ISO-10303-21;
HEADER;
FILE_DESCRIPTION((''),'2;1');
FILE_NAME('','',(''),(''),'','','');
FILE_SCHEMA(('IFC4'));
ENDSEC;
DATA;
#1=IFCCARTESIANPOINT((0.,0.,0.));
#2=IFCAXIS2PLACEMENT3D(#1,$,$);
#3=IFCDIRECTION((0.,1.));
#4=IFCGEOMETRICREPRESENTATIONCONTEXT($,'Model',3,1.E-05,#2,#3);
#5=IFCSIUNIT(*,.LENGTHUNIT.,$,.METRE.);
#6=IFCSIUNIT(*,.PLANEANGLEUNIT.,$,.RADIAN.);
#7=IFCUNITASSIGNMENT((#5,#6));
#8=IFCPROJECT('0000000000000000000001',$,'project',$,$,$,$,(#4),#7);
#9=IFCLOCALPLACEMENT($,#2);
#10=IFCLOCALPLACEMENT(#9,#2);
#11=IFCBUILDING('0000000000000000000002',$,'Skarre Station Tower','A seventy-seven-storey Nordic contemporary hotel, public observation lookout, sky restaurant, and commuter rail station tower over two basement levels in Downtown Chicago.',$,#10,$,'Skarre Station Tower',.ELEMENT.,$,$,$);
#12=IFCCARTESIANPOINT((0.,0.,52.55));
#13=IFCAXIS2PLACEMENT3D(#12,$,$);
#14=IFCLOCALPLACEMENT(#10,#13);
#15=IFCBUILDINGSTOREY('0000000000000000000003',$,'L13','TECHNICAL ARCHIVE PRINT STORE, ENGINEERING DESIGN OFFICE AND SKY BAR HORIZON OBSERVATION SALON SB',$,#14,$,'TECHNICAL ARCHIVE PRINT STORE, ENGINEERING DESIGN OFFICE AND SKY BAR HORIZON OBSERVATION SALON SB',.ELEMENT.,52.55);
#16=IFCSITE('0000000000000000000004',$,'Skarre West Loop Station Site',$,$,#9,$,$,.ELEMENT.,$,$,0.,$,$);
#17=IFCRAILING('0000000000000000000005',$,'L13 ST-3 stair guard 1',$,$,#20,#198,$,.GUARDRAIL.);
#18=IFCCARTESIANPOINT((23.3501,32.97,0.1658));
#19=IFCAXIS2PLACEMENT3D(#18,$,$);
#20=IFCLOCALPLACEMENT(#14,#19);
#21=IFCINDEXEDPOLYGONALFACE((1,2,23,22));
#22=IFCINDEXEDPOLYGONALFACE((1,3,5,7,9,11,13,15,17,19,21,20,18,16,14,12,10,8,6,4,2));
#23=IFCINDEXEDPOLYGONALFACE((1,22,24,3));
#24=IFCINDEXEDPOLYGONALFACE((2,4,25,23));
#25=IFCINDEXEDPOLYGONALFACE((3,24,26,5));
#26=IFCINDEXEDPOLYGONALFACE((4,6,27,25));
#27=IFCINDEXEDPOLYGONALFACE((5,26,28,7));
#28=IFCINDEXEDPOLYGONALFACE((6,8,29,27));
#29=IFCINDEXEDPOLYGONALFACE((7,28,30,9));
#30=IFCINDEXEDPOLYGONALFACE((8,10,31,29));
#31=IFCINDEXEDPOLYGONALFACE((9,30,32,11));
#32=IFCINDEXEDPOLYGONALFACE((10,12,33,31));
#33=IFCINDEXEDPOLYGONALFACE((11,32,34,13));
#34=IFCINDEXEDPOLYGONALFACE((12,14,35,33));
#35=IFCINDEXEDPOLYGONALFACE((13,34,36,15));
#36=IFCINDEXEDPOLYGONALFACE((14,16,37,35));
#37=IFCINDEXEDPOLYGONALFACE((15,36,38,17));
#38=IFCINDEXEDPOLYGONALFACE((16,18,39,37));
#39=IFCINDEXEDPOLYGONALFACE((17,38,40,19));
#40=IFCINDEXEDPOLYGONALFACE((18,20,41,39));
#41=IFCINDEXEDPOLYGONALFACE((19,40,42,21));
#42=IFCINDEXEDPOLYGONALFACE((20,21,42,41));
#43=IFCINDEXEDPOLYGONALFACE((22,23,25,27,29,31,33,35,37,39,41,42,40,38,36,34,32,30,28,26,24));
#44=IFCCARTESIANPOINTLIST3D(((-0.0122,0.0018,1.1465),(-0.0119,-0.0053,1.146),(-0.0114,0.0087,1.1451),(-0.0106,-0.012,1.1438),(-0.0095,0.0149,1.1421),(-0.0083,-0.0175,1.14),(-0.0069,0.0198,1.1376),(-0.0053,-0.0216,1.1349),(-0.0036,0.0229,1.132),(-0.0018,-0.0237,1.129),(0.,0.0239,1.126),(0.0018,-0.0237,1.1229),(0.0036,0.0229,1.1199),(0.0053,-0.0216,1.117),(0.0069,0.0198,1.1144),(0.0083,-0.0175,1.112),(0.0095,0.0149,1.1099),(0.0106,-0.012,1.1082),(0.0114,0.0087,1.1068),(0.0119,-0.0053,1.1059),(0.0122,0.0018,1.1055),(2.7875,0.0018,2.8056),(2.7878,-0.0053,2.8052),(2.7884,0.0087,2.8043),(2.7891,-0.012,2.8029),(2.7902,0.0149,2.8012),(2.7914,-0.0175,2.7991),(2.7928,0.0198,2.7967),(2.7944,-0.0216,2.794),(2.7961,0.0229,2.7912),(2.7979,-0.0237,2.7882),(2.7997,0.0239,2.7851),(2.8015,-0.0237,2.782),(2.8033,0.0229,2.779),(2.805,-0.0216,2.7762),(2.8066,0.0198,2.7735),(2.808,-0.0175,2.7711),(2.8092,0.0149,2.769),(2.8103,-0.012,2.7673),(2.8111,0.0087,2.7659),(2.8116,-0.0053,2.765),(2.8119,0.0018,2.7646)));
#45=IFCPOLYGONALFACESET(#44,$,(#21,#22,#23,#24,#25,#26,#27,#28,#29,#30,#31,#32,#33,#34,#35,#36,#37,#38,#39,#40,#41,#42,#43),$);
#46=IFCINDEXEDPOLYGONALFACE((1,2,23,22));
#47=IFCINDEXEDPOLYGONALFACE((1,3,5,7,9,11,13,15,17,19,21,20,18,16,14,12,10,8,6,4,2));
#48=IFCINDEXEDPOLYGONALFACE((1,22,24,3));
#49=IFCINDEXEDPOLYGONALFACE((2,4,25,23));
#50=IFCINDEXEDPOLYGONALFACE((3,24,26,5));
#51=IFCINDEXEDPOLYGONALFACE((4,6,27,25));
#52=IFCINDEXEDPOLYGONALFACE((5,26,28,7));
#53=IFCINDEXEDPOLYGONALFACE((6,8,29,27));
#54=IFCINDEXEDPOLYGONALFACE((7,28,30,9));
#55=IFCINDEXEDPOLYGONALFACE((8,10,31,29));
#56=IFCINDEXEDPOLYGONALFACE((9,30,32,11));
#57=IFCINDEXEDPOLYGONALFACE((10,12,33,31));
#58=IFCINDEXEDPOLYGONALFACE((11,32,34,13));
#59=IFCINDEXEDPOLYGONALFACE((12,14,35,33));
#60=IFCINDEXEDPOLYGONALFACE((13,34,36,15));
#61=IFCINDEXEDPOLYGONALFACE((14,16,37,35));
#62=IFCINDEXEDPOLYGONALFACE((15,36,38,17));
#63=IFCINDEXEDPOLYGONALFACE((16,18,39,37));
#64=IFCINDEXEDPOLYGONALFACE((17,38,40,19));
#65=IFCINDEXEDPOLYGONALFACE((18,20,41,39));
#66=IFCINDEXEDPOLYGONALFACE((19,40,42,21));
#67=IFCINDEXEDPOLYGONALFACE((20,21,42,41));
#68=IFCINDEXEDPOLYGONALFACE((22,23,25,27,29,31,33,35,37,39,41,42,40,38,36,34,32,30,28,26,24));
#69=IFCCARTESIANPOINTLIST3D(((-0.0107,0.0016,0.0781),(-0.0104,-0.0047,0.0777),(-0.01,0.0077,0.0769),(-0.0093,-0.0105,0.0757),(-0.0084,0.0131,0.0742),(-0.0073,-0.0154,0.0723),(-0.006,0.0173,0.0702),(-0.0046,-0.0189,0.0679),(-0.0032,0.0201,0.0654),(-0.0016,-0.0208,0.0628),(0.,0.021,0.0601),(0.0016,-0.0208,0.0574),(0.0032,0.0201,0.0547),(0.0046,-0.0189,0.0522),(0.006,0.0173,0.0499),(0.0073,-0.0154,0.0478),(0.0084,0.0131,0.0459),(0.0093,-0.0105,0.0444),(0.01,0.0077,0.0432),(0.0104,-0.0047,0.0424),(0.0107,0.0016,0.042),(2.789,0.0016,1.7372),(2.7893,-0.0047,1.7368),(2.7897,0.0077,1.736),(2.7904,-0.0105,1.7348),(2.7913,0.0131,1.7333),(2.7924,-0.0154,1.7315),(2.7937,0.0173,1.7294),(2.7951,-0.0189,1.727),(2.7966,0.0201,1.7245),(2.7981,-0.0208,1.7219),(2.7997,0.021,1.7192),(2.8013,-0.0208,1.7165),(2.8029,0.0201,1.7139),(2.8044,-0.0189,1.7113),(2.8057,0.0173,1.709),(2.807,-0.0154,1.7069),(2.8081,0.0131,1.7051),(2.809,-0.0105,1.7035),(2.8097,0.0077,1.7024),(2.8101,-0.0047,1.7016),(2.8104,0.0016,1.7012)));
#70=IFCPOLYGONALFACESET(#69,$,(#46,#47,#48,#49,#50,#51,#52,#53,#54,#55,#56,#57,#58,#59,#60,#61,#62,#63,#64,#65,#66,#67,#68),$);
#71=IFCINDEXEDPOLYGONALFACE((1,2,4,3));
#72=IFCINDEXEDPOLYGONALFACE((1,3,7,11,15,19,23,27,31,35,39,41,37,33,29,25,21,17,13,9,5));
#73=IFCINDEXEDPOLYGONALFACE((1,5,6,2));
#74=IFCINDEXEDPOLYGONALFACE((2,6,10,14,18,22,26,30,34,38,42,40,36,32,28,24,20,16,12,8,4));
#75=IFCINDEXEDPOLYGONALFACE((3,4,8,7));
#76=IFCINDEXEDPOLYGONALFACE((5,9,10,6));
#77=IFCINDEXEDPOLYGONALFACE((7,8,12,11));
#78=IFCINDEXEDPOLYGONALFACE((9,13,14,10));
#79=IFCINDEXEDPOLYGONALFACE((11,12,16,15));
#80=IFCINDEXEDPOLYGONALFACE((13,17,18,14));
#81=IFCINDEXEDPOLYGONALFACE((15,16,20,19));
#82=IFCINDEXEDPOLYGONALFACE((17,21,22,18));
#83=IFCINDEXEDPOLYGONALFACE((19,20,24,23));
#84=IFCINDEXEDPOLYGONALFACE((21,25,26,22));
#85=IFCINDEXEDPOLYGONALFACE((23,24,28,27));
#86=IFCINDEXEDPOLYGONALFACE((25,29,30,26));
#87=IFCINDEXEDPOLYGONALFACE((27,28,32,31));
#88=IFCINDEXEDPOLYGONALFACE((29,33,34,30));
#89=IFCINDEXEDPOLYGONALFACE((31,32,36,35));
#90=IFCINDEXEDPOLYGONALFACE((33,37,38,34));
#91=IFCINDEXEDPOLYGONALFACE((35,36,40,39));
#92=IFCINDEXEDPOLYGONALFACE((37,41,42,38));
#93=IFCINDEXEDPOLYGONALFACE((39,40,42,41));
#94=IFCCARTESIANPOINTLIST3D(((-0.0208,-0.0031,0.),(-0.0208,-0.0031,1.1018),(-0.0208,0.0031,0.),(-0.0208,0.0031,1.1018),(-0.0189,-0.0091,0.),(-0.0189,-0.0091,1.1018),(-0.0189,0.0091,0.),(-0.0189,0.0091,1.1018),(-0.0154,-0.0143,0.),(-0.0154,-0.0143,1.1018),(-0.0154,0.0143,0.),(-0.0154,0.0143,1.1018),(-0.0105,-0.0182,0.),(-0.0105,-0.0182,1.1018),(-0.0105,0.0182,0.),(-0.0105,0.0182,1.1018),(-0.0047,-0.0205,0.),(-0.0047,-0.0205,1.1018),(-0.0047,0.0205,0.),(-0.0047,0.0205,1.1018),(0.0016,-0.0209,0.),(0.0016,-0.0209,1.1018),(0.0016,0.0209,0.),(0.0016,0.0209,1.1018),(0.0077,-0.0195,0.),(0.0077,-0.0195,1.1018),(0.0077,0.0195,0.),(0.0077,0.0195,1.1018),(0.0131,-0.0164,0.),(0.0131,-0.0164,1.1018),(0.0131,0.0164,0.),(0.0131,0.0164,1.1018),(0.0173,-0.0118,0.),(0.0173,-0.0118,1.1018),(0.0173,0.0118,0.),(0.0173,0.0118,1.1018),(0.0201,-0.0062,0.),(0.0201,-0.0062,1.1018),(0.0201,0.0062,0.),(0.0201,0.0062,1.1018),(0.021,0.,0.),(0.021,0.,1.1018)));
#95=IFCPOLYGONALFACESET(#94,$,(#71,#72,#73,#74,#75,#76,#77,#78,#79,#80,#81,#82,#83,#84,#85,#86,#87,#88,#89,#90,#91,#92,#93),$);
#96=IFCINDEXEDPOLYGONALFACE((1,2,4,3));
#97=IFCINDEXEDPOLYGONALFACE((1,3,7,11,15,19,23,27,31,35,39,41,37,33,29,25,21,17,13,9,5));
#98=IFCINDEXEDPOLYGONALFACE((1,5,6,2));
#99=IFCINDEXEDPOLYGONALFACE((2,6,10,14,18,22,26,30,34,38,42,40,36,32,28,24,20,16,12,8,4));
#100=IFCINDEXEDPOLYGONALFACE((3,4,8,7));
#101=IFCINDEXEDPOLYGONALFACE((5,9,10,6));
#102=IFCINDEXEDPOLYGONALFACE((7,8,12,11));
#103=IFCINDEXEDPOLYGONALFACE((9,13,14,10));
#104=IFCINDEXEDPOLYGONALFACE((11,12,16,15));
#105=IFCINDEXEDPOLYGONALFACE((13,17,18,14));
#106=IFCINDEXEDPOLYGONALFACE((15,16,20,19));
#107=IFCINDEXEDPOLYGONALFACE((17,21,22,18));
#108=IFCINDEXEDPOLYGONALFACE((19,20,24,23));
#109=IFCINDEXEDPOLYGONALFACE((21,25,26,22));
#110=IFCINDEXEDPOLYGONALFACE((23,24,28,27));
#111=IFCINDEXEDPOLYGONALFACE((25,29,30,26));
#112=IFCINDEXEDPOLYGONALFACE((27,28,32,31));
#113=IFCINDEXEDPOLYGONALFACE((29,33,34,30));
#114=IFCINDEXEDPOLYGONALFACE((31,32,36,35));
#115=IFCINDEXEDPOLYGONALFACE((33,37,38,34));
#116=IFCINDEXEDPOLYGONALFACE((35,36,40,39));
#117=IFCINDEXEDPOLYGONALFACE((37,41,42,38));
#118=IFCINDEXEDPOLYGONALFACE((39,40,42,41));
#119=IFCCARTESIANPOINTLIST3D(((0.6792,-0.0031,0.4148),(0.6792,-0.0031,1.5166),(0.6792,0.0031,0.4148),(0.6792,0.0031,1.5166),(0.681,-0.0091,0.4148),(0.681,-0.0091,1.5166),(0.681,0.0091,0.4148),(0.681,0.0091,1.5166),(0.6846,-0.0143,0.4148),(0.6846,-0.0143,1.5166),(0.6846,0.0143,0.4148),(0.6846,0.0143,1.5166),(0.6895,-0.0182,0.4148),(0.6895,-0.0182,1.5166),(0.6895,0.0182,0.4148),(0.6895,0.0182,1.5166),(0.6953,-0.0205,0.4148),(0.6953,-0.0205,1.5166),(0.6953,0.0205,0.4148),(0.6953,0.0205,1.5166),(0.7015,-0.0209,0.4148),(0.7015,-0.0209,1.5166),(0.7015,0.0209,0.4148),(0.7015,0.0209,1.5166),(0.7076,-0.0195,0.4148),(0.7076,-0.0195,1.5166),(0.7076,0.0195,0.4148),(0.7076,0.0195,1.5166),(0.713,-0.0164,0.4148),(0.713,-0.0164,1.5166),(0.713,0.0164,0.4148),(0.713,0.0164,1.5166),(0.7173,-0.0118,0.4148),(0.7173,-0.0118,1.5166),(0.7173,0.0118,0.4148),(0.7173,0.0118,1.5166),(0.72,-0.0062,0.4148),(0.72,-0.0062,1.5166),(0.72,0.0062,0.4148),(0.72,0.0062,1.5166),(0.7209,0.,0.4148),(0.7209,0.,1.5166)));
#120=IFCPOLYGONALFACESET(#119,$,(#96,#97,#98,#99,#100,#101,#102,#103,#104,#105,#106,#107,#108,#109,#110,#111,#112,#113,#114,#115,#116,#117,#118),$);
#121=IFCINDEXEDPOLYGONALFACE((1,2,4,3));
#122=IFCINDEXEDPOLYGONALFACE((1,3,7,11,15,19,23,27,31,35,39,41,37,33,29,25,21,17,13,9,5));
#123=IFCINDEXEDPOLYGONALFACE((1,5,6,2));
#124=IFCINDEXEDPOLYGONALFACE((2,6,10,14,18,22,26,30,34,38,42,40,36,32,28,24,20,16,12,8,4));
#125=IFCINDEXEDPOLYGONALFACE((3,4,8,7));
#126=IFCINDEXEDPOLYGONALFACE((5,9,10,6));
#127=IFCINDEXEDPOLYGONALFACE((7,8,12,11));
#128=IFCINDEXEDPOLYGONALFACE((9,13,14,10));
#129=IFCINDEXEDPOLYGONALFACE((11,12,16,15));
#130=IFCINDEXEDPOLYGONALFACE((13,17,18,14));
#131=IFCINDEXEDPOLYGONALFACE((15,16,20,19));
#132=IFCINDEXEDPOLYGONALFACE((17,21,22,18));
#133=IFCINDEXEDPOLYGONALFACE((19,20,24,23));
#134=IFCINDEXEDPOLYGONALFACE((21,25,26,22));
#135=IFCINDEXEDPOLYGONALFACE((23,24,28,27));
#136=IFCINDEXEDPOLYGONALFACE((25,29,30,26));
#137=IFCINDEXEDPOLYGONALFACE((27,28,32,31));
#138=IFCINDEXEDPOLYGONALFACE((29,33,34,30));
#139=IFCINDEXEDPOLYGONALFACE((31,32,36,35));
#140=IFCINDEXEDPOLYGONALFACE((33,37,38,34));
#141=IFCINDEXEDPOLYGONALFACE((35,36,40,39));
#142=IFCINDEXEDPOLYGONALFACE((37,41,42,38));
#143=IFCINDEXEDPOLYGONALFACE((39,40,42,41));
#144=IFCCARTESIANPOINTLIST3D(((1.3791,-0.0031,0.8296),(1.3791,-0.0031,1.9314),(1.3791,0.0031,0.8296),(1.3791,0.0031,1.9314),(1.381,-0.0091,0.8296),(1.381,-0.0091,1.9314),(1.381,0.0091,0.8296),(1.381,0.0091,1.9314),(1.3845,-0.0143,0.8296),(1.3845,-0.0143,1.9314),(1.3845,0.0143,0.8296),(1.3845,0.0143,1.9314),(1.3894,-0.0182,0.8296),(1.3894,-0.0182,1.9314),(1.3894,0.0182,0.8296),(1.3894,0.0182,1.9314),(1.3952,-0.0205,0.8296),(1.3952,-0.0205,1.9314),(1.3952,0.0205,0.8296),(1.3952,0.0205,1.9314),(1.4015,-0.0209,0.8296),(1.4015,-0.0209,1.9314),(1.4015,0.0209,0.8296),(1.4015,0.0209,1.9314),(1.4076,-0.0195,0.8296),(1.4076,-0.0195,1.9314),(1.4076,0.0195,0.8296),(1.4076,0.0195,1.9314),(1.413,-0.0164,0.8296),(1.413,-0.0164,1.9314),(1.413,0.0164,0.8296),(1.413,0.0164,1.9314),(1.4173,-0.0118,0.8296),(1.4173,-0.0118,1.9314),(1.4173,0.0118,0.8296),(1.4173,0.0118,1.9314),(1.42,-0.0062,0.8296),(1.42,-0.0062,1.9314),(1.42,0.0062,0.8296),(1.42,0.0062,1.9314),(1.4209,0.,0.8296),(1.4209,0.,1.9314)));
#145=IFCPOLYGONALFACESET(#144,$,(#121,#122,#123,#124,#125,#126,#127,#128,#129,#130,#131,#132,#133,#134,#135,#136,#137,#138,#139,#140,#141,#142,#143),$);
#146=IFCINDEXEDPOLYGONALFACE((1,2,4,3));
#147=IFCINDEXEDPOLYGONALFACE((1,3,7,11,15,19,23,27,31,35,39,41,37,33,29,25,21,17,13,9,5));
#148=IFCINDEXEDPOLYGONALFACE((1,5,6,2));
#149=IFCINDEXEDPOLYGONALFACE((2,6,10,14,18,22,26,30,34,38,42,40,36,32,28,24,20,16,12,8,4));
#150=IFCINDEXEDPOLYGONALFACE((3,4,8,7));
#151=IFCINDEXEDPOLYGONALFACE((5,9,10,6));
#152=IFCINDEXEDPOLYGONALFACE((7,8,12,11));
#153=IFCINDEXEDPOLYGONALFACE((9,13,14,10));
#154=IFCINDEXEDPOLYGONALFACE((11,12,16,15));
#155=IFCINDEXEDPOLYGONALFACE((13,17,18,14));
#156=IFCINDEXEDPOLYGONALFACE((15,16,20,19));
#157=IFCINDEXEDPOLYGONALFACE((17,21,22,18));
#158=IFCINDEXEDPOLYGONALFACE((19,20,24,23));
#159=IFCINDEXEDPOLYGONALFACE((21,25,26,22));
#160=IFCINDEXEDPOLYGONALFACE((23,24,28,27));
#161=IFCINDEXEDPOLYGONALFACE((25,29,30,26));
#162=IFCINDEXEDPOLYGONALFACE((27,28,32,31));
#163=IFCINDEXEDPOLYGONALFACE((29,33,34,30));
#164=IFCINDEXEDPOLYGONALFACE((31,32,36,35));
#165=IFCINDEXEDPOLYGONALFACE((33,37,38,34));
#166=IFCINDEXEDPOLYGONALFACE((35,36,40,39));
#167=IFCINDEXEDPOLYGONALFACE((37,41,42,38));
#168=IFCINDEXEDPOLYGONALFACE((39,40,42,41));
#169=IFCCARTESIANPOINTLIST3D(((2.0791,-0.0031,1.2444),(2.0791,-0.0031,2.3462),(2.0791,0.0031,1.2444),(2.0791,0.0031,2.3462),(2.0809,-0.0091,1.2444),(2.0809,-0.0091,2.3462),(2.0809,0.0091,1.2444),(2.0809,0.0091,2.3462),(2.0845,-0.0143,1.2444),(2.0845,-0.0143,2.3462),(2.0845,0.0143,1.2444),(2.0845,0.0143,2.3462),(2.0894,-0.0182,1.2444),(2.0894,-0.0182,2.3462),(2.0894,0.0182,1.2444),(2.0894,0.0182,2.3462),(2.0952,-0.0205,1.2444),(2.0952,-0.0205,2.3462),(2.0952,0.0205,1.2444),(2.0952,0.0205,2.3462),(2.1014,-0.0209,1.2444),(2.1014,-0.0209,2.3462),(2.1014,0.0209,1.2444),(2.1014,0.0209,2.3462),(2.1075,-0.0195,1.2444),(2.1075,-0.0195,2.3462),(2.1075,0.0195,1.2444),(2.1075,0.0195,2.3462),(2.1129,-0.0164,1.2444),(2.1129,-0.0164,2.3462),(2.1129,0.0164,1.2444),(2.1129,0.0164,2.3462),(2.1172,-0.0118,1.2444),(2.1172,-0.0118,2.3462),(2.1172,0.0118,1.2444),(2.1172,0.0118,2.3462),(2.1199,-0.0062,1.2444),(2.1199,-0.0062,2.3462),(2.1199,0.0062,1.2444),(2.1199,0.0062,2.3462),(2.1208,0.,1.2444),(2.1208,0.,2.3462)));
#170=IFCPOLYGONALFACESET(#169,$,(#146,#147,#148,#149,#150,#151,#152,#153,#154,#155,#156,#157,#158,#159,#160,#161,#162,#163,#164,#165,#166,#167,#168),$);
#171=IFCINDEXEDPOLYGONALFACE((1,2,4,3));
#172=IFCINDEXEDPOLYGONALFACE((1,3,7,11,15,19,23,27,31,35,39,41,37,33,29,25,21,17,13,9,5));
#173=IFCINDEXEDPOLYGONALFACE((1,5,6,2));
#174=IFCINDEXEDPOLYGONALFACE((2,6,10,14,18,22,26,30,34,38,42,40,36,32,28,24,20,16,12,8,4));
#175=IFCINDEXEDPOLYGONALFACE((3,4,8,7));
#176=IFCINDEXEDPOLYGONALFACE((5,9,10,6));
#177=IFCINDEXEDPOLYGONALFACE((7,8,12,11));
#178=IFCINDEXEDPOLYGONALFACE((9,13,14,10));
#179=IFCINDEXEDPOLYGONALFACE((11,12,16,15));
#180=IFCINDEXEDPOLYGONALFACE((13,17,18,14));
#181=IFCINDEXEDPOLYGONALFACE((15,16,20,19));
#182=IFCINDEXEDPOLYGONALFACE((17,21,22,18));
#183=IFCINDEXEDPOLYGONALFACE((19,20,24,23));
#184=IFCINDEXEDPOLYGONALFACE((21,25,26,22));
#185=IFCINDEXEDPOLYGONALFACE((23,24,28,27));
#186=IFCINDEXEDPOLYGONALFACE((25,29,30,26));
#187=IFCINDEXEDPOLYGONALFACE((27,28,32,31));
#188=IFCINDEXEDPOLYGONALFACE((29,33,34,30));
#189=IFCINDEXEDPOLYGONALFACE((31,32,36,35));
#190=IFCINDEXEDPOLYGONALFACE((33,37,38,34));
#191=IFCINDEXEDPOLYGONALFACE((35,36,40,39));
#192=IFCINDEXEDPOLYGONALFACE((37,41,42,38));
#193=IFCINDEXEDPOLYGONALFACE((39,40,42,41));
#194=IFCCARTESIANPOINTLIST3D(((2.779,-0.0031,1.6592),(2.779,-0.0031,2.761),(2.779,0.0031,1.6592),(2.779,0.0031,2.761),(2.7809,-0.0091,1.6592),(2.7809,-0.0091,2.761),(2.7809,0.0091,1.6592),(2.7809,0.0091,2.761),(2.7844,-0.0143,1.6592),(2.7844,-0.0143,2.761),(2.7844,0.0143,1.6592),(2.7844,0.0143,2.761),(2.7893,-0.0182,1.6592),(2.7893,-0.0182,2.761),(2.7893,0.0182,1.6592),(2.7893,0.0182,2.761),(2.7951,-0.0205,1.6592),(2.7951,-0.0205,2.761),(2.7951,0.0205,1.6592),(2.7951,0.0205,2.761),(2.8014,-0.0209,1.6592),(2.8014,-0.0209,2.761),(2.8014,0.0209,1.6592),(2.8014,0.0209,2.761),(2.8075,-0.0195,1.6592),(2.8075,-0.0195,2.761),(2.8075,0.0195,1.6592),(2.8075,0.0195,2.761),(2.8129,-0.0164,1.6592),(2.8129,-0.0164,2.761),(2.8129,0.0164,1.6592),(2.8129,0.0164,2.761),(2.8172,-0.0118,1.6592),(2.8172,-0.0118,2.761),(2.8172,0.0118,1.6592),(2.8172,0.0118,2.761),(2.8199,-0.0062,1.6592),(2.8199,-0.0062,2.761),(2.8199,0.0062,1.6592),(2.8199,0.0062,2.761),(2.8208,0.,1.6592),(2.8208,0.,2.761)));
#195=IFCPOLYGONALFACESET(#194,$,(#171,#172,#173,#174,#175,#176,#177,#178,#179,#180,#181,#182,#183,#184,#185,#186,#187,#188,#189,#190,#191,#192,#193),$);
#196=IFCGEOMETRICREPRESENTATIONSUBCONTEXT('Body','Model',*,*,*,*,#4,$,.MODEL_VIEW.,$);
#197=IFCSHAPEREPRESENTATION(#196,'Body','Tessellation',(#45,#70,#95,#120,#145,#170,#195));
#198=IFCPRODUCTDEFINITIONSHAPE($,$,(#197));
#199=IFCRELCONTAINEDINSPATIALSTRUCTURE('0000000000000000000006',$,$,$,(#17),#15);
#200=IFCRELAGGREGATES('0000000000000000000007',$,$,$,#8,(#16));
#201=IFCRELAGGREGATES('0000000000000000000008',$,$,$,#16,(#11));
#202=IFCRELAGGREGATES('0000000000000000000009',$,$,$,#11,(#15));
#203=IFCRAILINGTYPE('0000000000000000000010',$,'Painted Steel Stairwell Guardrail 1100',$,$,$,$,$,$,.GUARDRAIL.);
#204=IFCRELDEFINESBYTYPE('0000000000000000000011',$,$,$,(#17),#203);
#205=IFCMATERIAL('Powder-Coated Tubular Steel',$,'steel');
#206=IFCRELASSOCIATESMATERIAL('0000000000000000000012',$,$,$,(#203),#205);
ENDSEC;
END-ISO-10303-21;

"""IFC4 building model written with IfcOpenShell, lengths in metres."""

from ifc_helpers import new_model, si_unit, direction, frame, origin, origin_2d, place, context, subcontext, project, spatial, circle, extrude, material, type_object, element, save


model = new_model("IFC4")

# Units and contexts
model_context = context("Model", 3, precision=1e-05, world=origin(), true_north=direction((0.0, 1.0)))
body_context = subcontext(model_context, "Body", "Model", "MODEL_VIEW")
ifc_project = project(units=[si_unit("LENGTHUNIT", "METRE"), si_unit("PLANEANGLEUNIT", "RADIAN")], contexts=[model_context])

# Site, building, storey
site_placement = place(None, origin())
site = spatial("IfcSite", under=ifc_project, at=site_placement, Name="Skarre West Loop Station Site", CompositionType="ELEMENT", RefElevation=0.0)
building_placement = place(site_placement, origin())
building = spatial("IfcBuilding", under=site, at=building_placement, Name="Skarre Station Tower", Description="A seventy-seven-storey Nordic contemporary hotel, public observation lookout, sky restaurant, and commuter rail station tower over two basement levels in Downtown Chicago.", LongName="Skarre Station Tower", CompositionType="ELEMENT")
storey_placement = place(building_placement, frame((0.0, 0.0, 52.55)))
storey = spatial("IfcBuildingStorey", under=building, at=storey_placement, Name="L13", Description="TECHNICAL ARCHIVE PRINT STORE, ENGINEERING DESIGN OFFICE AND SKY BAR HORIZON OBSERVATION SALON SB", LongName="TECHNICAL ARCHIVE PRINT STORE, ENGINEERING DESIGN OFFICE AND SKY BAR HORIZON OBSERVATION SALON SB", CompositionType="ELEMENT", Elevation=52.55)

# Railing
ifc_material_1 = material(Name="Powder-Coated Tubular Steel", Category="steel")
railing_type_1 = type_object("IfcRailingType", Name="Painted Steel Stairwell Guardrail 1100", PredefinedType="GUARDRAIL", material=ifc_material_1)
railing_1_placement = place(storey_placement, frame((23.3501, 32.97, 0.1658)))
element("IfcRailing", 1, at=railing_1_placement, inside=storey, type_object=railing_type_1, Name="L13 ST-3 stair guard 1", PredefinedType="GUARDRAIL", context=body_context, shape_type="SweptSolid", body=[
    extrude(circle(Radius=0.0239, at=origin_2d()), frame((0.0, 0.0, 1.126), z_axis=(0.860287, 0.0, 0.509811), x_axis=(0.0, 1.0, 0.0)), (0.0, 0.0, 1.0), 3.2544),
    extrude(circle(Radius=0.021, at=origin_2d()), frame((0.0, 0.0, 0.0601), z_axis=(0.860287, 0.0, 0.509811), x_axis=(0.0, 1.0, 0.0)), (0.0, 0.0, 1.0), 3.2544),
    extrude(circle(Radius=0.021, at=origin_2d()), origin(), (0.0, 0.0, 1.0), 1.1018),
    extrude(circle(Radius=0.021, at=origin_2d()), frame((0.7, 0.0, 0.4148)), (0.0, 0.0, 1.0), 1.1018),
    extrude(circle(Radius=0.021, at=origin_2d()), frame((1.3999, 0.0, 0.8296)), (0.0, 0.0, 1.0), 1.1018),
    extrude(circle(Radius=0.021, at=origin_2d()), frame((2.0999, 0.0, 1.2444)), (0.0, 0.0, 1.0), 1.1018),
    extrude(circle(Radius=0.021, at=origin_2d()), frame((2.7998, 0.0, 1.6592)), (0.0, 0.0, 1.0), 1.1018),
])

save(model, "model.ifc")
